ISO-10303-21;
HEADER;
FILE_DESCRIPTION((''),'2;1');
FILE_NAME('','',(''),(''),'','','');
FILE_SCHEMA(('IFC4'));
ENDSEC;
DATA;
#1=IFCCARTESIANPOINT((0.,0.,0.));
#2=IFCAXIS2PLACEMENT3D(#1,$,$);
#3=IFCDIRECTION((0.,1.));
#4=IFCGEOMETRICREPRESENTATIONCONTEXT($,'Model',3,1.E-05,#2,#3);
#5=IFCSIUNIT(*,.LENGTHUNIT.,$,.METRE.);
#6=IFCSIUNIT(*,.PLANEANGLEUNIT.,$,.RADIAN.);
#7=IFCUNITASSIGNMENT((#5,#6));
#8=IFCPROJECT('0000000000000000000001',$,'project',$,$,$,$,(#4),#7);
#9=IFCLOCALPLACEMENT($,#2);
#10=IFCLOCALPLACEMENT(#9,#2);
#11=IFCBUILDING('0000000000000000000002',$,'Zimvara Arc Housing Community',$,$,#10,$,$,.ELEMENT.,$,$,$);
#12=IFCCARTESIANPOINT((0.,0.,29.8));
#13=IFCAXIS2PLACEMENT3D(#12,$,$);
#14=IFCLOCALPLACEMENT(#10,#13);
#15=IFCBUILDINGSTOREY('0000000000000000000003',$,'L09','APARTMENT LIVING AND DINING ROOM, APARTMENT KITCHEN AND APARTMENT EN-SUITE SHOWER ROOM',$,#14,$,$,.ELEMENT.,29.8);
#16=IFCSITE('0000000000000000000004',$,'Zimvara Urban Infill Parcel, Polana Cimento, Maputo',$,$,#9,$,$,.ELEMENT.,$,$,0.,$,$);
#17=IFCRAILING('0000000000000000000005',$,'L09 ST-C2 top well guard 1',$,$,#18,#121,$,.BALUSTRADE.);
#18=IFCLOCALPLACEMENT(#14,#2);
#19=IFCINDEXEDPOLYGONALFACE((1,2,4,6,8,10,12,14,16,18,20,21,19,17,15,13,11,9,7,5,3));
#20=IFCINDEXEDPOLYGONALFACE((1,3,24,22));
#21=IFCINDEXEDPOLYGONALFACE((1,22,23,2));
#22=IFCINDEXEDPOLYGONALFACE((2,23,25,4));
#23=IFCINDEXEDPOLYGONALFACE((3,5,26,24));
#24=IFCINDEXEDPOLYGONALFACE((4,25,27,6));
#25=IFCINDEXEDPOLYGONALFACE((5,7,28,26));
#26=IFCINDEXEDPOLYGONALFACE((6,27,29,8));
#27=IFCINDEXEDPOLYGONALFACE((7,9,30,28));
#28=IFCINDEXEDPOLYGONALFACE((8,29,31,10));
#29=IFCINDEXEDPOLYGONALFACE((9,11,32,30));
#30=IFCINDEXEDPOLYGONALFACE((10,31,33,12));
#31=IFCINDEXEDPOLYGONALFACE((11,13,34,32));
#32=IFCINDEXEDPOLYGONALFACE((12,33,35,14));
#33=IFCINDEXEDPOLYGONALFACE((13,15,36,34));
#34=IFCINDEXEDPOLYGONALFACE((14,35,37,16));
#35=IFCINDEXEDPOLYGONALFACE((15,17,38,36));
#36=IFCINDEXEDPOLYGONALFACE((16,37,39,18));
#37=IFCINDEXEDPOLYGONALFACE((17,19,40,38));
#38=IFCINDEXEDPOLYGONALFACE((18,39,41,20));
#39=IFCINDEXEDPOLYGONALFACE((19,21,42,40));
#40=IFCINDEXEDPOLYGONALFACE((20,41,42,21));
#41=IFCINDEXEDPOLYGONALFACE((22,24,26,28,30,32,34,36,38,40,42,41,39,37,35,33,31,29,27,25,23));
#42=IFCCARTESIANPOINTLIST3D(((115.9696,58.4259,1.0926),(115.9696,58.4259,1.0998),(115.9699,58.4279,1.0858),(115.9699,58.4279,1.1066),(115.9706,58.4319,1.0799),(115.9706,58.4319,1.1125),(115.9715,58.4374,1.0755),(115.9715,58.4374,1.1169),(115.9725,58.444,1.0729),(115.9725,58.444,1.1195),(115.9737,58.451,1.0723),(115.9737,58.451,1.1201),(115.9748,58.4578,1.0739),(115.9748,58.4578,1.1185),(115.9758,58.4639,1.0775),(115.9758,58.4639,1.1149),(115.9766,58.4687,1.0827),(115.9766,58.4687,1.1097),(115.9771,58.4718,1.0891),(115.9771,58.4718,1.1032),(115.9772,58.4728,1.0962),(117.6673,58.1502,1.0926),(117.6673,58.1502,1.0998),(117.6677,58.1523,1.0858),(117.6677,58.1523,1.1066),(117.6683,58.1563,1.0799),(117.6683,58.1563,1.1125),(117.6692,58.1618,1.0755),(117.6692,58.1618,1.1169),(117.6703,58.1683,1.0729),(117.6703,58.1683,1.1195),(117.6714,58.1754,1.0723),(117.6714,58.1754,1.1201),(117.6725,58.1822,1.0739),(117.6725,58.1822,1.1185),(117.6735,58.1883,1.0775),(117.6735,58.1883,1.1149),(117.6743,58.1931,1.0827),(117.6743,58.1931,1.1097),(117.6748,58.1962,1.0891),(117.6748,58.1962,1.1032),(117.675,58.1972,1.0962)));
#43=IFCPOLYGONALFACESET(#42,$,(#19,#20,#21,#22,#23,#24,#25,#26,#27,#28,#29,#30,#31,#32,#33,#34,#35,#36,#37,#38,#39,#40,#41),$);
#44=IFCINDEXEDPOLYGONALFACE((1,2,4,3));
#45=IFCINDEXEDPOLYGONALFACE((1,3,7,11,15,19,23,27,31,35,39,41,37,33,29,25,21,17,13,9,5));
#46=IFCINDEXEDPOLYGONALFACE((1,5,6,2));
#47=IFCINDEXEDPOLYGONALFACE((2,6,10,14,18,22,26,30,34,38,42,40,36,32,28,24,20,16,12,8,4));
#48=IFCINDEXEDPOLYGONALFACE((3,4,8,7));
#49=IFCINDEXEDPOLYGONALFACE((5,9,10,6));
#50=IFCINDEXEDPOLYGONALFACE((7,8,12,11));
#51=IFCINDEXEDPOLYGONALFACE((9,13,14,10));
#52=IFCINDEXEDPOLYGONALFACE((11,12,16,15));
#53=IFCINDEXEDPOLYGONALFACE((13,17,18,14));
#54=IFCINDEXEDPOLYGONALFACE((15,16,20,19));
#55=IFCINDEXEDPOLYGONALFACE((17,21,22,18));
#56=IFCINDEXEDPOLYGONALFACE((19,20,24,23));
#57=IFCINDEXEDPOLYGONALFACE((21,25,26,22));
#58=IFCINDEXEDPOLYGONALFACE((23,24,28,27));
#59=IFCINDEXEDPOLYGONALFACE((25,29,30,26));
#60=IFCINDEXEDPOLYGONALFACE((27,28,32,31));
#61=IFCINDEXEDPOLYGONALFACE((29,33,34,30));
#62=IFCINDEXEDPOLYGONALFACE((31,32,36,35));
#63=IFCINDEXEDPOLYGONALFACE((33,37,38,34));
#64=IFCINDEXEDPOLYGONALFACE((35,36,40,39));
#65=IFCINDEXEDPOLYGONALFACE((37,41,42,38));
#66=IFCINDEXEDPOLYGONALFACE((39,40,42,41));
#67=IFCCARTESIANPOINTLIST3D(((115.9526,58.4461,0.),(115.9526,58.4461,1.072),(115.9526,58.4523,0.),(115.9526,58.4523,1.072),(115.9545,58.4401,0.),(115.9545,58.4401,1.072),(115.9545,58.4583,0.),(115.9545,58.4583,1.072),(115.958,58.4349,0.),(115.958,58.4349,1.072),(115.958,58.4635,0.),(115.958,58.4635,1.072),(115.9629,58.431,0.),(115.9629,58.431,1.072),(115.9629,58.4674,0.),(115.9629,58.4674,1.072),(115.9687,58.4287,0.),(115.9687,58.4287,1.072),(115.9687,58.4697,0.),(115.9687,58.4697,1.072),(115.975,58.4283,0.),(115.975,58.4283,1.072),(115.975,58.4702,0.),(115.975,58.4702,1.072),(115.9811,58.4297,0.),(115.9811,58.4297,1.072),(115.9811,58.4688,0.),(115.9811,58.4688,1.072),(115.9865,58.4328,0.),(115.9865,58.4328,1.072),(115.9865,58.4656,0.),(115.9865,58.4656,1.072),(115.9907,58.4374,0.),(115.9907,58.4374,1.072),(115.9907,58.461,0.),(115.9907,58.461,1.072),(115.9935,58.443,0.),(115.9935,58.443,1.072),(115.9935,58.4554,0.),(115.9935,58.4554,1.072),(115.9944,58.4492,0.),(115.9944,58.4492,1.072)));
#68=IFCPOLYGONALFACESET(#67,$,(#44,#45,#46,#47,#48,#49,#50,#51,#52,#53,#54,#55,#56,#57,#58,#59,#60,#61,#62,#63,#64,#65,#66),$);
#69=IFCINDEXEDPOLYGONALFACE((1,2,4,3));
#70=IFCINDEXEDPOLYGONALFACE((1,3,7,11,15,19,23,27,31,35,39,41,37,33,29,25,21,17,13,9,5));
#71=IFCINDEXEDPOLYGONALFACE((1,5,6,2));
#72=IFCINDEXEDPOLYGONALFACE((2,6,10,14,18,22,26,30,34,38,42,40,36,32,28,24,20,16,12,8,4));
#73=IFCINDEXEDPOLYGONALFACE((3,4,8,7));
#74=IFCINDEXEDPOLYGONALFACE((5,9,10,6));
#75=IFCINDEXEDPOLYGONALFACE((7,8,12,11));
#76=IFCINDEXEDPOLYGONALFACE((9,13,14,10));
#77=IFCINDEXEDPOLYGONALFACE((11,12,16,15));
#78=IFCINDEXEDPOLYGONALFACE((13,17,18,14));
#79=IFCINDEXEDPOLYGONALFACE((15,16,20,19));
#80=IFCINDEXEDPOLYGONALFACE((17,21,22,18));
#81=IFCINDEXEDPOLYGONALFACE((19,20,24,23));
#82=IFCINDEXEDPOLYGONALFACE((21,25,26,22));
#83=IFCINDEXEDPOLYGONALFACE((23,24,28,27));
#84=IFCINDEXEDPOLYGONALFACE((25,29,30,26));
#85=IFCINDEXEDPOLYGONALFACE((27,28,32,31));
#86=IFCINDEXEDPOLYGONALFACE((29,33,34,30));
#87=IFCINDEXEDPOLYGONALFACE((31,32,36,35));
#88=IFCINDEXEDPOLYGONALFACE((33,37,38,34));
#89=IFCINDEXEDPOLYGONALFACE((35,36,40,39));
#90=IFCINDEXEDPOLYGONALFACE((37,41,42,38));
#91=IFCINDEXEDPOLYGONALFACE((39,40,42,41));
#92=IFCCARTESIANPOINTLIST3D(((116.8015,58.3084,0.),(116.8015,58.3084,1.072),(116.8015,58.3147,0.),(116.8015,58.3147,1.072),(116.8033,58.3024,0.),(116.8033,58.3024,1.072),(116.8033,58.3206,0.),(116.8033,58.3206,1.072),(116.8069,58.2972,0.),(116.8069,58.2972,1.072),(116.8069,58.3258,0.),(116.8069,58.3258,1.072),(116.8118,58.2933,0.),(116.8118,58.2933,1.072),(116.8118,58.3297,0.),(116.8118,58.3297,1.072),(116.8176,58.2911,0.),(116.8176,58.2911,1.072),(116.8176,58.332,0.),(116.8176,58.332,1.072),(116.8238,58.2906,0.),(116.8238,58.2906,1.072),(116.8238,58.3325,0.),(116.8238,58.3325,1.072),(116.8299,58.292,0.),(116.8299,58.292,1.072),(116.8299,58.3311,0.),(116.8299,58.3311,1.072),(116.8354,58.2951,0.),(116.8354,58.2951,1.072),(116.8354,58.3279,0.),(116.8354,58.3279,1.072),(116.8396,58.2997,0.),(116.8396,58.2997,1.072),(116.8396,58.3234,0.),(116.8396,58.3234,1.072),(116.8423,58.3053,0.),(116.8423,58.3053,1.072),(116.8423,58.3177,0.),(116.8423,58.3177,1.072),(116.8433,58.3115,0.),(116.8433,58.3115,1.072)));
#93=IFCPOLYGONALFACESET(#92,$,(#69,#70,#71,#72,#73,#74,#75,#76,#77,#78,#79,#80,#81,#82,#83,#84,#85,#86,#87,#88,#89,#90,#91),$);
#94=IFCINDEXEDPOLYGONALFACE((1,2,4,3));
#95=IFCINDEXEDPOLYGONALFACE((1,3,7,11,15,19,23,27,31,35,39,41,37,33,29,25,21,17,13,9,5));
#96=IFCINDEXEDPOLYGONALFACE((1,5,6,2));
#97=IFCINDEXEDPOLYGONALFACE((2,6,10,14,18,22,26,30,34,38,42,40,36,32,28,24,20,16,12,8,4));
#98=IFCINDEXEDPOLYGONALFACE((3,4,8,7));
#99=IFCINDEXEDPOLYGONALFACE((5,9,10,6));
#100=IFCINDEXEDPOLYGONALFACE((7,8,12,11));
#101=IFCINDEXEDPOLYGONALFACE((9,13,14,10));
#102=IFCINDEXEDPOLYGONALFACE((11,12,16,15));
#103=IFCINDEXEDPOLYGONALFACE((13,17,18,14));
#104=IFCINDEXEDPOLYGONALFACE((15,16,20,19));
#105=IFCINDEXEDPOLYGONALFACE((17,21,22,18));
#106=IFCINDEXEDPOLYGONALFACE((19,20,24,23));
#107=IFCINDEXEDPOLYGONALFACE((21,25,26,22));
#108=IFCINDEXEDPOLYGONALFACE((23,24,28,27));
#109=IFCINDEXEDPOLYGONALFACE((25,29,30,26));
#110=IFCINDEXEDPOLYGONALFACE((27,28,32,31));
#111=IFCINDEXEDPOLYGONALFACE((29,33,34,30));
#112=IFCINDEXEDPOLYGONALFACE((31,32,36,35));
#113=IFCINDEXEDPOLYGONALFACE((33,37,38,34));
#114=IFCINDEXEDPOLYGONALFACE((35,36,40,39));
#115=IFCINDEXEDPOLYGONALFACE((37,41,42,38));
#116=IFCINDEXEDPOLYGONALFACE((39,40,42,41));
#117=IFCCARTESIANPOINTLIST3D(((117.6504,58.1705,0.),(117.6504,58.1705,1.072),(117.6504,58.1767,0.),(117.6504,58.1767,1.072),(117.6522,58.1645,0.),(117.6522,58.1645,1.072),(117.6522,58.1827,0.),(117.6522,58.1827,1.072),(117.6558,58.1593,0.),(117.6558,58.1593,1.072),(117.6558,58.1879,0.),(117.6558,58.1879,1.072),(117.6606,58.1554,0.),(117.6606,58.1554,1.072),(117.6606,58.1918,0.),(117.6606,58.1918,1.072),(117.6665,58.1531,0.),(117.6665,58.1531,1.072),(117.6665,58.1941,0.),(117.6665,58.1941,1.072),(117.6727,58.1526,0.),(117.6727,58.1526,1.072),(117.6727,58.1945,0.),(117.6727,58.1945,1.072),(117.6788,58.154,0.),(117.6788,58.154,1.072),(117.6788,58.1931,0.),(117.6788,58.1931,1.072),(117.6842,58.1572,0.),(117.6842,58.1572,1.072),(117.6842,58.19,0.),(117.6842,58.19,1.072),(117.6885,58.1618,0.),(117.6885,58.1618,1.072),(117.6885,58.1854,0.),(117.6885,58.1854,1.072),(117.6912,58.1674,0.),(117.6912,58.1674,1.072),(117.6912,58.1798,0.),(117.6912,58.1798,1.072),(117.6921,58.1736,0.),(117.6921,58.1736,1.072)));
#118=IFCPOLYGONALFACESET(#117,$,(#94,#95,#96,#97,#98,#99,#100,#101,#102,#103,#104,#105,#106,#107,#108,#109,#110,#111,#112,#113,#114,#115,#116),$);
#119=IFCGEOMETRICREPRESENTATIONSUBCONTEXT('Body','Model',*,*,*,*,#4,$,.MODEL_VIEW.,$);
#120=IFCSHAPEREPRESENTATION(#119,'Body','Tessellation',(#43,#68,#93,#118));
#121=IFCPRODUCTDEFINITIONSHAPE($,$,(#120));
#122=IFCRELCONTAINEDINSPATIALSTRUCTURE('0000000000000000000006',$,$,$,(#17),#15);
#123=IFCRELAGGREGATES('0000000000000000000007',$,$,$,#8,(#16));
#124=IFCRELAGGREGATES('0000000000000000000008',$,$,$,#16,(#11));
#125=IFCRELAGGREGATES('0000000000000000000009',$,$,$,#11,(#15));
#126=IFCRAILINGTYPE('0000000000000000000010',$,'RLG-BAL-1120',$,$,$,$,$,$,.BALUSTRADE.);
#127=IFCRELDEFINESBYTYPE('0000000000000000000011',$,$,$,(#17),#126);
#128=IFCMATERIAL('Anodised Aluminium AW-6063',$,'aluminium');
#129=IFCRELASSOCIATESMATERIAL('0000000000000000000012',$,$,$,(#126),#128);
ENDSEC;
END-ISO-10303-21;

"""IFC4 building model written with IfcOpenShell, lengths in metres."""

from ifc_helpers import new_model, si_unit, direction, frame, origin, origin_2d, place, context, subcontext, project, spatial, circle, extrude, material, type_object, element, save


model = new_model("IFC4")

# Units and contexts
model_context = context("Model", 3, precision=1e-05, world=origin(), true_north=direction((0.0, 1.0)))
body_context = subcontext(model_context, "Body", "Model", "MODEL_VIEW")
ifc_project = project(units=[si_unit("LENGTHUNIT", "METRE"), si_unit("PLANEANGLEUNIT", "RADIAN")], contexts=[model_context])

# Site, building, storey
site_placement = place(None, origin())
site = spatial("IfcSite", under=ifc_project, at=site_placement, Name="Zimvara Urban Infill Parcel, Polana Cimento, Maputo", CompositionType="ELEMENT", RefElevation=0.0)
building_placement = place(site_placement, origin())
building = spatial("IfcBuilding", under=site, at=building_placement, Name="Zimvara Arc Housing Community", CompositionType="ELEMENT")
storey_placement = place(building_placement, frame((0.0, 0.0, 29.8)))
storey = spatial("IfcBuildingStorey", under=building, at=storey_placement, Name="L09", Description="APARTMENT LIVING AND DINING ROOM, APARTMENT KITCHEN AND APARTMENT EN-SUITE SHOWER ROOM", CompositionType="ELEMENT", Elevation=29.8)

# Railing
ifc_material_1 = material(Name="Anodised Aluminium AW-6063", Category="aluminium")
railing_type = type_object("IfcRailingType", Name="RLG-BAL-1120", PredefinedType="BALUSTRADE", material=ifc_material_1)
railing_placement = place(storey_placement, frame((115.9734, 58.4492, 0.0)))
element("IfcRailing", 1, at=railing_placement, inside=storey, type_object=railing_type, Name="L09 ST-C2 top well guard 1", PredefinedType="BALUSTRADE", context=body_context, shape_type="SweptSolid", body=[
    extrude(circle(Radius=0.0239, at=origin_2d()), frame((0.0, 0.0, 1.0962), z_axis=(0.987076, -0.160254, 0.0), x_axis=(0.160254, 0.987076, 0.0)), (0.0, 0.0, 1.0), 1.72),
    extrude(circle(Radius=0.021, at=origin_2d()), origin(), (0.0, 0.0, 1.0), 1.072),
    extrude(circle(Radius=0.021, at=origin_2d()), frame((0.8489, -0.1377, 0.0)), (0.0, 0.0, 1.0), 1.072),
    extrude(circle(Radius=0.021, at=origin_2d()), frame((1.6978, -0.2756, 0.0)), (0.0, 0.0, 1.0), 1.072),
])

save(model, "model.ifc")
